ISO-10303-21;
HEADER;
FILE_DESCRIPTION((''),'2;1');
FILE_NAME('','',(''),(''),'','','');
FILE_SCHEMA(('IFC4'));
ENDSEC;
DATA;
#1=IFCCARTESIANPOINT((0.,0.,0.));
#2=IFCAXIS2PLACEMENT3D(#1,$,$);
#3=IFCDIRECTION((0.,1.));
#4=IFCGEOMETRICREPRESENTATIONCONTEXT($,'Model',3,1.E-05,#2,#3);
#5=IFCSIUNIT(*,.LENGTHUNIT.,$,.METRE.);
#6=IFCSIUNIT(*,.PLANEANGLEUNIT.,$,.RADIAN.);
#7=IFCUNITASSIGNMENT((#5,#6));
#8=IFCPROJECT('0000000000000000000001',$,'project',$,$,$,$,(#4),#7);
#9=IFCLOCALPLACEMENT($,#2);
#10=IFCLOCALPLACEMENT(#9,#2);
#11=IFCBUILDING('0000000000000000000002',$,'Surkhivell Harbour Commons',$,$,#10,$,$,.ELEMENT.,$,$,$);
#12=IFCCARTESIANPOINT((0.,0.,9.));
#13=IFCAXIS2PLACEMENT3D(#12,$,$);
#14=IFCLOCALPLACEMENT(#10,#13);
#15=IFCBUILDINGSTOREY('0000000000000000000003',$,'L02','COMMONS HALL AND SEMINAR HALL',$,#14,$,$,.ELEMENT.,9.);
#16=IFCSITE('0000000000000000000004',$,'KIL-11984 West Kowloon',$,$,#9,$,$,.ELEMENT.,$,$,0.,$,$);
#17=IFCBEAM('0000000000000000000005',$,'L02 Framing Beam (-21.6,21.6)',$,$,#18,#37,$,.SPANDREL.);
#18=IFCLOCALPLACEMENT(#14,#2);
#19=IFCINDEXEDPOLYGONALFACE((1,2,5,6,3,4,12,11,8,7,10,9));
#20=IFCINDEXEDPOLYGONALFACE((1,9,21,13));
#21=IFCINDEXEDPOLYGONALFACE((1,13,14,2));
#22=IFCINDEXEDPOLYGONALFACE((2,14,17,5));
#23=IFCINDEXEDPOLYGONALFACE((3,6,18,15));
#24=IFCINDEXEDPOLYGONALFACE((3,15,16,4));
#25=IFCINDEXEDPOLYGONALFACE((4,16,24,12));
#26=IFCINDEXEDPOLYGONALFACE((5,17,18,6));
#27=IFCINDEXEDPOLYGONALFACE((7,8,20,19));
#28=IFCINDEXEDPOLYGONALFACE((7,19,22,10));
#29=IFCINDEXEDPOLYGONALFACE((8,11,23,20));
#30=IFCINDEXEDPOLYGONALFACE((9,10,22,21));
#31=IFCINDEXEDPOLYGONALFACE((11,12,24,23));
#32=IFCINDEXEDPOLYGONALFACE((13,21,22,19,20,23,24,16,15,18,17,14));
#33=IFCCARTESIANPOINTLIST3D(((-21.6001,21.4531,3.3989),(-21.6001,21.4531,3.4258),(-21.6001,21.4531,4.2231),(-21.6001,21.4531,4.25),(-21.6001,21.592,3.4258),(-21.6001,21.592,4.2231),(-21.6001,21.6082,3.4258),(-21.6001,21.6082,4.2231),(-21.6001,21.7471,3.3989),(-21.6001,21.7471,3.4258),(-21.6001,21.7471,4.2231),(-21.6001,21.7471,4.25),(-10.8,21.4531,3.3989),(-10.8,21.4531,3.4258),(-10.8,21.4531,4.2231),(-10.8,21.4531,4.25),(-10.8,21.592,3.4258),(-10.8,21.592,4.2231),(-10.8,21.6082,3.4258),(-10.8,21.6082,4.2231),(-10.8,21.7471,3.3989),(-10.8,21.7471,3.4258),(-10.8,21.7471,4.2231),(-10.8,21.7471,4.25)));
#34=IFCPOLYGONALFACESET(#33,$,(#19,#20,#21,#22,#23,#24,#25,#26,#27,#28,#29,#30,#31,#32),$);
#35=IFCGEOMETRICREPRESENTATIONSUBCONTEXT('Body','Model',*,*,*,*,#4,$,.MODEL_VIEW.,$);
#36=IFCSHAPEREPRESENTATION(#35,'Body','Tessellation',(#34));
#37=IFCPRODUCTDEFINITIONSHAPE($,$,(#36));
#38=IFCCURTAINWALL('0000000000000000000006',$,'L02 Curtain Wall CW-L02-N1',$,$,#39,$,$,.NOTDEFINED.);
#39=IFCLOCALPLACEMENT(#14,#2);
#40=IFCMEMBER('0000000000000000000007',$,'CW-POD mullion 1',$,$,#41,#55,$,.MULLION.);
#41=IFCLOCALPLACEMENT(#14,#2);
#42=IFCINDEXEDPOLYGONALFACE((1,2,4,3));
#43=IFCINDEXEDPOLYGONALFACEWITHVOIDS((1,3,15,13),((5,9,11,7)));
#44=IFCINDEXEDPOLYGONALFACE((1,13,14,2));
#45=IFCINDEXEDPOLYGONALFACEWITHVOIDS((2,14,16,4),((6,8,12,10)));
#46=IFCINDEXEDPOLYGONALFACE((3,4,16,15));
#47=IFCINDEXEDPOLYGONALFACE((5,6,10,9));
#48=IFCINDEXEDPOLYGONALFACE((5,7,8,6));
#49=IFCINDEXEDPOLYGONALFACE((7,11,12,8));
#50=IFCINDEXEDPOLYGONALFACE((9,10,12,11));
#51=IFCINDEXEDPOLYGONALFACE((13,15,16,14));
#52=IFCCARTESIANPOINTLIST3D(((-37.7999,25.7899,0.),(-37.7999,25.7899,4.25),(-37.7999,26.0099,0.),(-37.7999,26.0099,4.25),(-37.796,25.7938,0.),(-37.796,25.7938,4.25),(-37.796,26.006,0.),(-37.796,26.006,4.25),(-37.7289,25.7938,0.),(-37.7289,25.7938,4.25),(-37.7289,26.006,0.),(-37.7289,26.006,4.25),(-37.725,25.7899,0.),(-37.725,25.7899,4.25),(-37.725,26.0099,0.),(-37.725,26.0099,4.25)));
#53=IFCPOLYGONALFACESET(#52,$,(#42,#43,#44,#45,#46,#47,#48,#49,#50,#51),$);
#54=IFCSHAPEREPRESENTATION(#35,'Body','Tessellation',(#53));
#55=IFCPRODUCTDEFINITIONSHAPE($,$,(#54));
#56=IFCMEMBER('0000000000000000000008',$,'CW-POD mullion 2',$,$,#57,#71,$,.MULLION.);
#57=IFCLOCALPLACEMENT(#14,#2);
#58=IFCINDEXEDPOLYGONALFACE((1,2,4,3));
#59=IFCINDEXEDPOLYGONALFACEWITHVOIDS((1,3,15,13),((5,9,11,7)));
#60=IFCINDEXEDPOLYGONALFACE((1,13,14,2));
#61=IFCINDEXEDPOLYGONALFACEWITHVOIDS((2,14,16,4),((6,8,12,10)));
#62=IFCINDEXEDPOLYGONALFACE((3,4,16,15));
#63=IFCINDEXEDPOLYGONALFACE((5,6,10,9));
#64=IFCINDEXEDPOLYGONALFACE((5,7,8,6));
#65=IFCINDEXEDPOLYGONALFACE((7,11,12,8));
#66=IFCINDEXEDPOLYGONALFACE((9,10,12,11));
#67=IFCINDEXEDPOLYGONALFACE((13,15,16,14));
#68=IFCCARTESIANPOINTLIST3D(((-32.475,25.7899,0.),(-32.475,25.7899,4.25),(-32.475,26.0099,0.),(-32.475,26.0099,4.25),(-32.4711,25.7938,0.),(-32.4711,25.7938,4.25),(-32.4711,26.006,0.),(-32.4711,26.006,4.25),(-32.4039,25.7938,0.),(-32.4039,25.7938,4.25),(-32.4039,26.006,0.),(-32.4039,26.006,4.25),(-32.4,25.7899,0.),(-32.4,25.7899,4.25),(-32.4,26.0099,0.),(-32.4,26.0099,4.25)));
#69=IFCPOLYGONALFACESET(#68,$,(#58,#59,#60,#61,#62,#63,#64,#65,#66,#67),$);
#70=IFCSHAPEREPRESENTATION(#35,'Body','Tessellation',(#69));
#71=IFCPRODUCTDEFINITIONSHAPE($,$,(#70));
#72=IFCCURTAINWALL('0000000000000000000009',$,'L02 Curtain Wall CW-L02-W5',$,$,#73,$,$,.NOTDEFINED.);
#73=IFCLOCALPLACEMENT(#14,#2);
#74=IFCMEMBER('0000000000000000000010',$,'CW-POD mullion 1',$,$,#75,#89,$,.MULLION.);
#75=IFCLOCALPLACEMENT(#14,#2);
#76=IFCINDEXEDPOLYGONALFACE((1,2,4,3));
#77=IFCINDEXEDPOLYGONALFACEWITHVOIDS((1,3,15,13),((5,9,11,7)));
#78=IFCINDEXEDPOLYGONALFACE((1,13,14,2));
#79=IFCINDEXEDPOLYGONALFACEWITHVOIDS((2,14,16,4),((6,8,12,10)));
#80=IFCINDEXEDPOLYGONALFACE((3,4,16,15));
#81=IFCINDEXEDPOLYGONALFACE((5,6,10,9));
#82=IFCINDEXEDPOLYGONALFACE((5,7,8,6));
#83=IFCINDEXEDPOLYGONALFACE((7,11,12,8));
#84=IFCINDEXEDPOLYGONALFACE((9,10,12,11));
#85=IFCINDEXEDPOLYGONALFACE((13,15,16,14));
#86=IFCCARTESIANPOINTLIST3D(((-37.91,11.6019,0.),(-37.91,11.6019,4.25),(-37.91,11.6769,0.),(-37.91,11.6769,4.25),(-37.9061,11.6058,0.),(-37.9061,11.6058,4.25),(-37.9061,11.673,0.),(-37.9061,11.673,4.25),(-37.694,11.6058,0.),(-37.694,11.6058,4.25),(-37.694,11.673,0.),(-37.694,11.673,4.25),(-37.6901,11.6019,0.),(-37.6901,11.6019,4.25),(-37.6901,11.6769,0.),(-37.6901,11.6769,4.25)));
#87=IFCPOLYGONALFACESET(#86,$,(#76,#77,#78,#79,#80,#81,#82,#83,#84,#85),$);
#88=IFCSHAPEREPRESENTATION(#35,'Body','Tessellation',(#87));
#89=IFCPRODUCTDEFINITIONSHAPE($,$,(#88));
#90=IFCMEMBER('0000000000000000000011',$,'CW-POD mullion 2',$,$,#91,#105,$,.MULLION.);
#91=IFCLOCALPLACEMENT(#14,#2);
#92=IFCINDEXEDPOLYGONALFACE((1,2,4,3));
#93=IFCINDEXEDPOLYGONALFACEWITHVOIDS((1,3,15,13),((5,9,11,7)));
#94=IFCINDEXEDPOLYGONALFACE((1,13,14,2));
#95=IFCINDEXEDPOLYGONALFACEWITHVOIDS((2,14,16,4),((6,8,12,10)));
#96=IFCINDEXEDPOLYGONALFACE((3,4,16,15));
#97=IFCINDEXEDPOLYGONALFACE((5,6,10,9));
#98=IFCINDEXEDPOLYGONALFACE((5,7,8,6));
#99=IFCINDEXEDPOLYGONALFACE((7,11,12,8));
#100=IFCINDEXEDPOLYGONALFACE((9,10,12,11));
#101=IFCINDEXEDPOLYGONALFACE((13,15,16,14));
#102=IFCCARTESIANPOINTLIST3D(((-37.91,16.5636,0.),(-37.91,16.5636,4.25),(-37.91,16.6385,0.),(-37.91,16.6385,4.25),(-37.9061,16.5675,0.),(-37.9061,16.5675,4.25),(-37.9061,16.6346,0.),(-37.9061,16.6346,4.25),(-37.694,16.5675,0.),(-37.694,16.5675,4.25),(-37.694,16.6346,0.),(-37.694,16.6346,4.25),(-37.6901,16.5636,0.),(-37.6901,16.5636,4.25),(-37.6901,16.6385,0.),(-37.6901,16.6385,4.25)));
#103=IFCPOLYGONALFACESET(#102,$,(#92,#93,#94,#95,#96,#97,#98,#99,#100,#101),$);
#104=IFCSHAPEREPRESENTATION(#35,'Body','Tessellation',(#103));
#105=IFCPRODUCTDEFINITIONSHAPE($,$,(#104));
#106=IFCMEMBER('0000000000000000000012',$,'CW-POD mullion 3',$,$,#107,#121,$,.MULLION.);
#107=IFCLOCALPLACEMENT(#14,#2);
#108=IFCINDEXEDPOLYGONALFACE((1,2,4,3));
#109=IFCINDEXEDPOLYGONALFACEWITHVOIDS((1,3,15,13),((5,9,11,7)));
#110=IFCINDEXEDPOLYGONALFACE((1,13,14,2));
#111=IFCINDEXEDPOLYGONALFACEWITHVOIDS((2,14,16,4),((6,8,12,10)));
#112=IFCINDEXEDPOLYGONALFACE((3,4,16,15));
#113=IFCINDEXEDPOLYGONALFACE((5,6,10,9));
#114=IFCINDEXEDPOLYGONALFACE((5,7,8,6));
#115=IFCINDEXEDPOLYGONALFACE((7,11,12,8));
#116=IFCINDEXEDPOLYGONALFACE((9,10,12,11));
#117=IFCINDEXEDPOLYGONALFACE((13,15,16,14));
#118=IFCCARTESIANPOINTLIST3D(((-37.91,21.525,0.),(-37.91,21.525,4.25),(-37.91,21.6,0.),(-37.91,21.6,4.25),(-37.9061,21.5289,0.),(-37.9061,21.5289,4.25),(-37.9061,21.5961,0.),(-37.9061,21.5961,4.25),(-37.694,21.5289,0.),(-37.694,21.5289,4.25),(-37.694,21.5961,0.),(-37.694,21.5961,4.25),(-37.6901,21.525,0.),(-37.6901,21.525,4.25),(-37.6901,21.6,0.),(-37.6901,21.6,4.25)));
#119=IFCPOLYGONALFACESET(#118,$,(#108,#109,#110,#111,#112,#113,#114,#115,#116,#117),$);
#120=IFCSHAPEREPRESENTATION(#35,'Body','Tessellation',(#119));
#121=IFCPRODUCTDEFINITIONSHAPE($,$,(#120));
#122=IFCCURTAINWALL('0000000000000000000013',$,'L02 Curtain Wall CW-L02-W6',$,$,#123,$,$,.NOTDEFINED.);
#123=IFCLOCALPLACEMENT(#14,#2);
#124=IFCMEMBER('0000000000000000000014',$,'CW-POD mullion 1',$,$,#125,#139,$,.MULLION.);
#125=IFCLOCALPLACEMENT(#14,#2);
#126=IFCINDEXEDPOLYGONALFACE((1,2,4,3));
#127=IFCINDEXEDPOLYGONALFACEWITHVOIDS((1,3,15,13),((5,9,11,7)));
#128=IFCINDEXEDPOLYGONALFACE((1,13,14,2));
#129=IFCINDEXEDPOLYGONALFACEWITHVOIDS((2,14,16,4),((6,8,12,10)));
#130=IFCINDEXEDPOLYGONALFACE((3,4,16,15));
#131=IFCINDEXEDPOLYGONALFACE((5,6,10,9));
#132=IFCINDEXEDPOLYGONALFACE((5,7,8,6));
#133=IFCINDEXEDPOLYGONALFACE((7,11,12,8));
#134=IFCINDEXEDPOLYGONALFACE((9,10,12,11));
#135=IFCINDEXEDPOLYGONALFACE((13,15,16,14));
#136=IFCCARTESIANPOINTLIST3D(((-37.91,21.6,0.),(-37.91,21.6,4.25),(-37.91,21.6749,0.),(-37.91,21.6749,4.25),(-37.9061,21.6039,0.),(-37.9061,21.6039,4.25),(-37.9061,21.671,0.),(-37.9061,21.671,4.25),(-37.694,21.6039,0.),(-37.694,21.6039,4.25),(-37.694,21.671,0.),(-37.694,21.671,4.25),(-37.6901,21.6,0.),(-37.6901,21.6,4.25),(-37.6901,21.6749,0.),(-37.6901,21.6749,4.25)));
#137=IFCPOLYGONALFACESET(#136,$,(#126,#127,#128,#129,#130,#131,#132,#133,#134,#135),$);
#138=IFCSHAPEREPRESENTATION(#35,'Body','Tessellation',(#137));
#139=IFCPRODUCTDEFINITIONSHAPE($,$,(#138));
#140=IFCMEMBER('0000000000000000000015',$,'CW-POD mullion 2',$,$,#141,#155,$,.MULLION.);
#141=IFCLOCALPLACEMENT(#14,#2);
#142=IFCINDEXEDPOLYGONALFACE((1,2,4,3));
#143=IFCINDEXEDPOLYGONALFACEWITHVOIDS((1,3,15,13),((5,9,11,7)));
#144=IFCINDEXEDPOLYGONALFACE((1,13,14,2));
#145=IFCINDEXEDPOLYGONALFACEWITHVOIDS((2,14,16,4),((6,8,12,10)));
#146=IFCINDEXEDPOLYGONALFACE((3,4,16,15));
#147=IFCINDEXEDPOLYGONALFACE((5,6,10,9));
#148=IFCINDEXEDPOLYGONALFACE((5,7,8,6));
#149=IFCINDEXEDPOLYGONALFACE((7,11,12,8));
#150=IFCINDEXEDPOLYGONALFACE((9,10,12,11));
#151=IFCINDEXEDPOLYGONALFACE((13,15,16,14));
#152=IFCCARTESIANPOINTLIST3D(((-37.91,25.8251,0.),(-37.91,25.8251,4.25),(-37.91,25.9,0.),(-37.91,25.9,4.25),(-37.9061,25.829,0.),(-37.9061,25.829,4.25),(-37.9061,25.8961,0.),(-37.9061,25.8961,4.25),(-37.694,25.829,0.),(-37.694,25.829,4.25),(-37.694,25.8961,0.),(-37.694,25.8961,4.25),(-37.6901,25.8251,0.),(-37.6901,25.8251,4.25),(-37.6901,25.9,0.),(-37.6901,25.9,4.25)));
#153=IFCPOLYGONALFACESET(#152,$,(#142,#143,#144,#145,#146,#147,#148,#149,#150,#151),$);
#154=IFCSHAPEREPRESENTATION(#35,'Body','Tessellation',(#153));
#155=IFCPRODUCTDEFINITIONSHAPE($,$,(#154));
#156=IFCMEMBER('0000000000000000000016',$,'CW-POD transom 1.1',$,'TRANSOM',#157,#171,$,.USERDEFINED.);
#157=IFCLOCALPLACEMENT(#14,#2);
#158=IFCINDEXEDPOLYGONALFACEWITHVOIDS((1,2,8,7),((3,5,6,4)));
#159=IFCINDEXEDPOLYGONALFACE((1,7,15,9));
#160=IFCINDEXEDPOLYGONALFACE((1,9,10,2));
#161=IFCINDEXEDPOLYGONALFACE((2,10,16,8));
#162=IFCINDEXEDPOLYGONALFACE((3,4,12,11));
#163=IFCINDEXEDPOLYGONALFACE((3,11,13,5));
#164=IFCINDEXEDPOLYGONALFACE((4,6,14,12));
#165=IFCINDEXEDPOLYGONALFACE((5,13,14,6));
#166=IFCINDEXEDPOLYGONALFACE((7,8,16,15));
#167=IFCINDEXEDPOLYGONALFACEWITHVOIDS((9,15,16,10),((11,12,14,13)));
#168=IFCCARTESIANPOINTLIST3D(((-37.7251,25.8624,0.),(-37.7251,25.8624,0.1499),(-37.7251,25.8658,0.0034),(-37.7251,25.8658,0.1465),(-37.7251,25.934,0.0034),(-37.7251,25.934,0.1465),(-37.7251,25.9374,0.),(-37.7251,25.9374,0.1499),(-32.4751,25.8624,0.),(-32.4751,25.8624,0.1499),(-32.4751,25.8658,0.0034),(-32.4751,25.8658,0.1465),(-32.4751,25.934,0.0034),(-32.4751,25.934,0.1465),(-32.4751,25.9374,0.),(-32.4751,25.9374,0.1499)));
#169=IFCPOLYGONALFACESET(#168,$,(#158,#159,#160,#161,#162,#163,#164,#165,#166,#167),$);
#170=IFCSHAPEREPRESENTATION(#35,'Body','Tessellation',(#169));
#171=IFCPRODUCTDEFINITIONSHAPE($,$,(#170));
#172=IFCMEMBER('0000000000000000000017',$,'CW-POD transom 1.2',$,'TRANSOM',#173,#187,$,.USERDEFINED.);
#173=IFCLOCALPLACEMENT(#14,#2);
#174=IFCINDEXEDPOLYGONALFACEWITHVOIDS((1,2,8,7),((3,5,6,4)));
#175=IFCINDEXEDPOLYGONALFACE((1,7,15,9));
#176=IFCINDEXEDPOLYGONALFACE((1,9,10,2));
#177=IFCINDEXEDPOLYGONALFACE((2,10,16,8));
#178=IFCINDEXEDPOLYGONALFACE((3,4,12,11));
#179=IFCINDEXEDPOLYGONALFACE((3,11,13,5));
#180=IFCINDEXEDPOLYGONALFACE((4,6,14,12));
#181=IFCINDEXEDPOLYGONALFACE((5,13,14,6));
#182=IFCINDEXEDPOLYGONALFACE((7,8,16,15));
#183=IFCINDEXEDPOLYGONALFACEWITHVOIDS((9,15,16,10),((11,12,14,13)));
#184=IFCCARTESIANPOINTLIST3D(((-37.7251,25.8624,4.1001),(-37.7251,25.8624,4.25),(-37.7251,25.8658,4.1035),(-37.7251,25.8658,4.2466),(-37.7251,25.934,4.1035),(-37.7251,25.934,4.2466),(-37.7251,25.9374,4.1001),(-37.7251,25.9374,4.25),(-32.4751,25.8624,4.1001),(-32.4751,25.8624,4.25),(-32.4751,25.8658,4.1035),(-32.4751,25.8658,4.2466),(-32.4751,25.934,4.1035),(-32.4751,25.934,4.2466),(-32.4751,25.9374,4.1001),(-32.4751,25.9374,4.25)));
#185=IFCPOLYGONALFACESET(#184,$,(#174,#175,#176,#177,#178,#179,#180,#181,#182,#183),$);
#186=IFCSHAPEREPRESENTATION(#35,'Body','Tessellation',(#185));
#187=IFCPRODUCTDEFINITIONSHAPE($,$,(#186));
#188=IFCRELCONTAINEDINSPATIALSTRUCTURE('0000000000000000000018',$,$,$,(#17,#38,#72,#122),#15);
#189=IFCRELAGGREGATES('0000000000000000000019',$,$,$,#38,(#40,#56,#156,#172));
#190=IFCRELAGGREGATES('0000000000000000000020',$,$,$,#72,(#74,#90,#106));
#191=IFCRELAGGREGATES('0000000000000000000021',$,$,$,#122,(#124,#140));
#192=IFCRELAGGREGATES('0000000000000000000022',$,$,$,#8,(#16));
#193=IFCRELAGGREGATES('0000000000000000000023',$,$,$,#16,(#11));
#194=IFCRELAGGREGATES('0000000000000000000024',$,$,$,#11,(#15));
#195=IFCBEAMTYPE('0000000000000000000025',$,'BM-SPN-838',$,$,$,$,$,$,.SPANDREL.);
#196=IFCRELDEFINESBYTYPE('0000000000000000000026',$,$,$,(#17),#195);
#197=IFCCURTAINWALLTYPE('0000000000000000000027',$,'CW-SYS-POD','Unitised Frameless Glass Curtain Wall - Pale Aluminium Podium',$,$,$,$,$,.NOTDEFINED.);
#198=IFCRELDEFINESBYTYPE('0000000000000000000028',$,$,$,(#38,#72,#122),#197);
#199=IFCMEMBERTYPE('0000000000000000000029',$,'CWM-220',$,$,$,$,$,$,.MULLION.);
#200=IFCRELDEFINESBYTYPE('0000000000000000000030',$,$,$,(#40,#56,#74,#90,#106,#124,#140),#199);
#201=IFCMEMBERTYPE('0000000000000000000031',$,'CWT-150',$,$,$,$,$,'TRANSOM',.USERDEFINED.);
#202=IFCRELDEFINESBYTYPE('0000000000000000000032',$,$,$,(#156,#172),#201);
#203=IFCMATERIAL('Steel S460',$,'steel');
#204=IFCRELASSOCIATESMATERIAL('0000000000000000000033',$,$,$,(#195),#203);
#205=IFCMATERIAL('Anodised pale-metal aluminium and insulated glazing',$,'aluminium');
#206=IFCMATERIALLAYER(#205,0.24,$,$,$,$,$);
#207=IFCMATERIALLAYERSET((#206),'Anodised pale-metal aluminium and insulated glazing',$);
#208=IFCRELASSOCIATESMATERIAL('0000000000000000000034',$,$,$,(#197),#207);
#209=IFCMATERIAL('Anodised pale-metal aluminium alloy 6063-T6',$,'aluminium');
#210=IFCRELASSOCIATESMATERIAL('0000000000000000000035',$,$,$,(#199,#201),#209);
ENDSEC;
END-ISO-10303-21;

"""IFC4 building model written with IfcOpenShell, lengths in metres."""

from ifc_helpers import new_model, si_unit, direction, frame, origin, origin_2d, place, context, subcontext, project, spatial, hollow_rectangle, i_section, extrude, material, layer, layer_set, material_profile, profile_set, type_object, element, aggregate, save


model = new_model("IFC4")

# Units and contexts
model_context = context("Model", 3, precision=1e-05, world=origin(), true_north=direction((0.0, 1.0)))
body_context = subcontext(model_context, "Body", "Model", "MODEL_VIEW")
ifc_project = project(units=[si_unit("LENGTHUNIT", "METRE"), si_unit("PLANEANGLEUNIT", "RADIAN")], contexts=[model_context])

# Site, building, storey
site_placement = place(None, origin())
site = spatial("IfcSite", under=ifc_project, at=site_placement, Name="KIL-11984 West Kowloon", CompositionType="ELEMENT", RefElevation=0.0)
building_placement = place(site_placement, origin())
building = spatial("IfcBuilding", under=site, at=building_placement, Name="Surkhivell Harbour Commons", CompositionType="ELEMENT")
storey_placement = place(building_placement, frame((0.0, 0.0, 9.0)))
storey = spatial("IfcBuildingStorey", under=building, at=storey_placement, Name="L02", Description="COMMONS HALL AND SEMINAR HALL", CompositionType="ELEMENT", Elevation=9.0)

# Beam
ifc_material_1 = material(Name="Steel S460", Category="steel")
ifc_material_profile_1 = material_profile(ifc_material_1, i_section(OverallWidth=0.2939, OverallDepth=0.8511, WebThickness=0.0161, FlangeThickness=0.0269, at=origin_2d()), Name="UB838x292x226")
ifc_profile_set_1 = profile_set([ifc_material_profile_1], Name="Steel S460")
beam_type = type_object("IfcBeamType", Name="BM-SPN-838", PredefinedType="SPANDREL", material=ifc_profile_set_1)
beam_1_placement = place(storey_placement, frame((-21.6001, 21.6001, 3.8245), z_axis=(1.0, 0.0, 0.0), x_axis=(0.0, 1.0, 0.0)))
element("IfcBeam", 1, at=beam_1_placement, inside=storey, type_object=beam_type, Name="L02 Framing Beam (-21.6,21.6)", PredefinedType="SPANDREL", context=body_context, shape_type="SweptSolid", body=[
    extrude(i_section(OverallWidth=0.2939, OverallDepth=0.8511, WebThickness=0.0161, FlangeThickness=0.0269, at=origin_2d()), origin(), (0.0, 0.0, 1.0), 10.8),
])

# Curtain walls, members
ifc_material_2 = material(Name="Anodised pale-metal aluminium and insulated glazing", Category="aluminium")
ifc_layer_1 = layer(ifc_material_2, 0.24)
ifc_layer_set_1 = layer_set([ifc_layer_1], Name="Anodised pale-metal aluminium and insulated glazing")
curtain_wall_type = type_object("IfcCurtainWallType", Name="CW-SYS-POD", Description="Unitised Frameless Glass Curtain Wall - Pale Aluminium Podium", PredefinedType="NOTDEFINED", material=ifc_layer_set_1)
curtain_wall_1_placement = place(storey_placement, origin())
curtain_wall_1 = element("IfcCurtainWall", 2, at=curtain_wall_1_placement, inside=storey, type_object=curtain_wall_type, Name="L02 Curtain Wall CW-L02-N1", PredefinedType="NOTDEFINED")
ifc_material_3 = material(Name="Anodised pale-metal aluminium alloy 6063-T6", Category="aluminium")
ifc_material_profile_2 = material_profile(ifc_material_3, hollow_rectangle(XDim=0.075, YDim=0.22, WallThickness=0.0039, at=origin_2d()), Name="ALU-MULL-75x220")
ifc_profile_set_2 = profile_set([ifc_material_profile_2], Name="Anodised pale-metal aluminium alloy 6063-T6")
member_type_1 = type_object("IfcMemberType", Name="CWM-220", PredefinedType="MULLION", material=ifc_profile_set_2)
member_1_placement = place(storey_placement, frame((-37.7625, 25.8999, 0.0), z_axis=(0.0, 0.0, 1.0), x_axis=(1.0, 0.0, 0.0)))
member_1 = element("IfcMember", 3, at=member_1_placement, type_object=member_type_1, Name="CW-POD mullion 1", PredefinedType="MULLION", context=body_context, shape_type="SweptSolid", body=[
    extrude(hollow_rectangle(XDim=0.075, YDim=0.22, WallThickness=0.0039, at=origin_2d()), origin(), (0.0, 0.0, 1.0), 4.25),
])
member_2_placement = place(storey_placement, frame((-32.4375, 25.8999, 0.0), z_axis=(0.0, 0.0, 1.0), x_axis=(1.0, 0.0, 0.0)))
member_2 = element("IfcMember", 4, at=member_2_placement, type_object=member_type_1, Name="CW-POD mullion 2", PredefinedType="MULLION", context=body_context, shape_type="SweptSolid", body=[
    extrude(hollow_rectangle(XDim=0.075, YDim=0.22, WallThickness=0.0039, at=origin_2d()), origin(), (0.0, 0.0, 1.0), 4.25),
])
curtain_wall_2_placement = place(storey_placement, origin())
curtain_wall_2 = element("IfcCurtainWall", 5, at=curtain_wall_2_placement, inside=storey, type_object=curtain_wall_type, Name="L02 Curtain Wall CW-L02-W5", PredefinedType="NOTDEFINED")
member_3_placement = place(storey_placement, frame((-37.8, 11.6394, 0.0), z_axis=(0.0, 0.0, 1.0), x_axis=(0.0, 1.0, 0.0)))
member_3 = element("IfcMember", 6, at=member_3_placement, type_object=member_type_1, Name="CW-POD mullion 1", PredefinedType="MULLION", context=body_context, shape_type="SweptSolid", body=[
    extrude(hollow_rectangle(XDim=0.075, YDim=0.22, WallThickness=0.0039, at=origin_2d()), origin(), (0.0, 0.0, 1.0), 4.25),
])
member_4_placement = place(storey_placement, frame((-37.8, 16.6011, 0.0), z_axis=(0.0, 0.0, 1.0), x_axis=(0.0, 1.0, 0.0)))
member_4 = element("IfcMember", 7, at=member_4_placement, type_object=member_type_1, Name="CW-POD mullion 2", PredefinedType="MULLION", context=body_context, shape_type="SweptSolid", body=[
    extrude(hollow_rectangle(XDim=0.075, YDim=0.22, WallThickness=0.0039, at=origin_2d()), origin(), (0.0, 0.0, 1.0), 4.25),
])
member_5_placement = place(storey_placement, frame((-37.8, 21.5625, 0.0), z_axis=(0.0, 0.0, 1.0), x_axis=(0.0, 1.0, 0.0)))
member_5 = element("IfcMember", 8, at=member_5_placement, type_object=member_type_1, Name="CW-POD mullion 3", PredefinedType="MULLION", context=body_context, shape_type="SweptSolid", body=[
    extrude(hollow_rectangle(XDim=0.075, YDim=0.22, WallThickness=0.0039, at=origin_2d()), origin(), (0.0, 0.0, 1.0), 4.25),
])
curtain_wall_3_placement = place(storey_placement, origin())
curtain_wall_3 = element("IfcCurtainWall", 9, at=curtain_wall_3_placement, inside=storey, type_object=curtain_wall_type, Name="L02 Curtain Wall CW-L02-W6", PredefinedType="NOTDEFINED")
member_6_placement = place(storey_placement, frame((-37.8, 21.6375, 0.0), z_axis=(0.0, 0.0, 1.0), x_axis=(0.0, 1.0, 0.0)))
member_6 = element("IfcMember", 10, at=member_6_placement, type_object=member_type_1, Name="CW-POD mullion 1", PredefinedType="MULLION", context=body_context, shape_type="SweptSolid", body=[
    extrude(hollow_rectangle(XDim=0.075, YDim=0.22, WallThickness=0.0039, at=origin_2d()), origin(), (0.0, 0.0, 1.0), 4.25),
])
member_7_placement = place(storey_placement, frame((-37.8, 25.8625, 0.0), z_axis=(0.0, 0.0, 1.0), x_axis=(0.0, 1.0, 0.0)))
member_7 = element("IfcMember", 11, at=member_7_placement, type_object=member_type_1, Name="CW-POD mullion 2", PredefinedType="MULLION", context=body_context, shape_type="SweptSolid", body=[
    extrude(hollow_rectangle(XDim=0.075, YDim=0.22, WallThickness=0.0039, at=origin_2d()), origin(), (0.0, 0.0, 1.0), 4.25),
])

# Members
ifc_material_profile_3 = material_profile(ifc_material_3, hollow_rectangle(XDim=0.075, YDim=0.1499, WallThickness=0.0034, at=origin_2d()), Name="ALU-TRAN-75x150")
ifc_profile_set_3 = profile_set([ifc_material_profile_3], Name="Anodised pale-metal aluminium alloy 6063-T6")
member_type_2 = type_object("IfcMemberType", Name="CWT-150", ElementType="TRANSOM", PredefinedType="USERDEFINED", material=ifc_profile_set_3)
member_8_placement = place(storey_placement, frame((-37.7251, 25.8999, 0.075), z_axis=(1.0, 0.0, 0.0), x_axis=(0.0, 1.0, 0.0)))
member_8 = element("IfcMember", 12, at=member_8_placement, type_object=member_type_2, Name="CW-POD transom 1.1", ObjectType="TRANSOM", PredefinedType="USERDEFINED", context=body_context, shape_type="SweptSolid", body=[
    extrude(hollow_rectangle(XDim=0.075, YDim=0.1499, WallThickness=0.0034, at=origin_2d()), origin(), (0.0, 0.0, 1.0), 5.25),
])
member_9_placement = place(storey_placement, frame((-37.7251, 25.8999, 4.175), z_axis=(1.0, 0.0, 0.0), x_axis=(0.0, 1.0, 0.0)))
member_9 = element("IfcMember", 13, at=member_9_placement, type_object=member_type_2, Name="CW-POD transom 1.2", ObjectType="TRANSOM", PredefinedType="USERDEFINED", context=body_context, shape_type="SweptSolid", body=[
    extrude(hollow_rectangle(XDim=0.075, YDim=0.1499, WallThickness=0.0034, at=origin_2d()), origin(), (0.0, 0.0, 1.0), 5.25),
])

aggregate(curtain_wall_1, [member_1, member_2, member_8, member_9])
aggregate(curtain_wall_2, [member_3, member_4, member_5])
aggregate(curtain_wall_3, [member_6, member_7])

save(model, "model.ifc")
